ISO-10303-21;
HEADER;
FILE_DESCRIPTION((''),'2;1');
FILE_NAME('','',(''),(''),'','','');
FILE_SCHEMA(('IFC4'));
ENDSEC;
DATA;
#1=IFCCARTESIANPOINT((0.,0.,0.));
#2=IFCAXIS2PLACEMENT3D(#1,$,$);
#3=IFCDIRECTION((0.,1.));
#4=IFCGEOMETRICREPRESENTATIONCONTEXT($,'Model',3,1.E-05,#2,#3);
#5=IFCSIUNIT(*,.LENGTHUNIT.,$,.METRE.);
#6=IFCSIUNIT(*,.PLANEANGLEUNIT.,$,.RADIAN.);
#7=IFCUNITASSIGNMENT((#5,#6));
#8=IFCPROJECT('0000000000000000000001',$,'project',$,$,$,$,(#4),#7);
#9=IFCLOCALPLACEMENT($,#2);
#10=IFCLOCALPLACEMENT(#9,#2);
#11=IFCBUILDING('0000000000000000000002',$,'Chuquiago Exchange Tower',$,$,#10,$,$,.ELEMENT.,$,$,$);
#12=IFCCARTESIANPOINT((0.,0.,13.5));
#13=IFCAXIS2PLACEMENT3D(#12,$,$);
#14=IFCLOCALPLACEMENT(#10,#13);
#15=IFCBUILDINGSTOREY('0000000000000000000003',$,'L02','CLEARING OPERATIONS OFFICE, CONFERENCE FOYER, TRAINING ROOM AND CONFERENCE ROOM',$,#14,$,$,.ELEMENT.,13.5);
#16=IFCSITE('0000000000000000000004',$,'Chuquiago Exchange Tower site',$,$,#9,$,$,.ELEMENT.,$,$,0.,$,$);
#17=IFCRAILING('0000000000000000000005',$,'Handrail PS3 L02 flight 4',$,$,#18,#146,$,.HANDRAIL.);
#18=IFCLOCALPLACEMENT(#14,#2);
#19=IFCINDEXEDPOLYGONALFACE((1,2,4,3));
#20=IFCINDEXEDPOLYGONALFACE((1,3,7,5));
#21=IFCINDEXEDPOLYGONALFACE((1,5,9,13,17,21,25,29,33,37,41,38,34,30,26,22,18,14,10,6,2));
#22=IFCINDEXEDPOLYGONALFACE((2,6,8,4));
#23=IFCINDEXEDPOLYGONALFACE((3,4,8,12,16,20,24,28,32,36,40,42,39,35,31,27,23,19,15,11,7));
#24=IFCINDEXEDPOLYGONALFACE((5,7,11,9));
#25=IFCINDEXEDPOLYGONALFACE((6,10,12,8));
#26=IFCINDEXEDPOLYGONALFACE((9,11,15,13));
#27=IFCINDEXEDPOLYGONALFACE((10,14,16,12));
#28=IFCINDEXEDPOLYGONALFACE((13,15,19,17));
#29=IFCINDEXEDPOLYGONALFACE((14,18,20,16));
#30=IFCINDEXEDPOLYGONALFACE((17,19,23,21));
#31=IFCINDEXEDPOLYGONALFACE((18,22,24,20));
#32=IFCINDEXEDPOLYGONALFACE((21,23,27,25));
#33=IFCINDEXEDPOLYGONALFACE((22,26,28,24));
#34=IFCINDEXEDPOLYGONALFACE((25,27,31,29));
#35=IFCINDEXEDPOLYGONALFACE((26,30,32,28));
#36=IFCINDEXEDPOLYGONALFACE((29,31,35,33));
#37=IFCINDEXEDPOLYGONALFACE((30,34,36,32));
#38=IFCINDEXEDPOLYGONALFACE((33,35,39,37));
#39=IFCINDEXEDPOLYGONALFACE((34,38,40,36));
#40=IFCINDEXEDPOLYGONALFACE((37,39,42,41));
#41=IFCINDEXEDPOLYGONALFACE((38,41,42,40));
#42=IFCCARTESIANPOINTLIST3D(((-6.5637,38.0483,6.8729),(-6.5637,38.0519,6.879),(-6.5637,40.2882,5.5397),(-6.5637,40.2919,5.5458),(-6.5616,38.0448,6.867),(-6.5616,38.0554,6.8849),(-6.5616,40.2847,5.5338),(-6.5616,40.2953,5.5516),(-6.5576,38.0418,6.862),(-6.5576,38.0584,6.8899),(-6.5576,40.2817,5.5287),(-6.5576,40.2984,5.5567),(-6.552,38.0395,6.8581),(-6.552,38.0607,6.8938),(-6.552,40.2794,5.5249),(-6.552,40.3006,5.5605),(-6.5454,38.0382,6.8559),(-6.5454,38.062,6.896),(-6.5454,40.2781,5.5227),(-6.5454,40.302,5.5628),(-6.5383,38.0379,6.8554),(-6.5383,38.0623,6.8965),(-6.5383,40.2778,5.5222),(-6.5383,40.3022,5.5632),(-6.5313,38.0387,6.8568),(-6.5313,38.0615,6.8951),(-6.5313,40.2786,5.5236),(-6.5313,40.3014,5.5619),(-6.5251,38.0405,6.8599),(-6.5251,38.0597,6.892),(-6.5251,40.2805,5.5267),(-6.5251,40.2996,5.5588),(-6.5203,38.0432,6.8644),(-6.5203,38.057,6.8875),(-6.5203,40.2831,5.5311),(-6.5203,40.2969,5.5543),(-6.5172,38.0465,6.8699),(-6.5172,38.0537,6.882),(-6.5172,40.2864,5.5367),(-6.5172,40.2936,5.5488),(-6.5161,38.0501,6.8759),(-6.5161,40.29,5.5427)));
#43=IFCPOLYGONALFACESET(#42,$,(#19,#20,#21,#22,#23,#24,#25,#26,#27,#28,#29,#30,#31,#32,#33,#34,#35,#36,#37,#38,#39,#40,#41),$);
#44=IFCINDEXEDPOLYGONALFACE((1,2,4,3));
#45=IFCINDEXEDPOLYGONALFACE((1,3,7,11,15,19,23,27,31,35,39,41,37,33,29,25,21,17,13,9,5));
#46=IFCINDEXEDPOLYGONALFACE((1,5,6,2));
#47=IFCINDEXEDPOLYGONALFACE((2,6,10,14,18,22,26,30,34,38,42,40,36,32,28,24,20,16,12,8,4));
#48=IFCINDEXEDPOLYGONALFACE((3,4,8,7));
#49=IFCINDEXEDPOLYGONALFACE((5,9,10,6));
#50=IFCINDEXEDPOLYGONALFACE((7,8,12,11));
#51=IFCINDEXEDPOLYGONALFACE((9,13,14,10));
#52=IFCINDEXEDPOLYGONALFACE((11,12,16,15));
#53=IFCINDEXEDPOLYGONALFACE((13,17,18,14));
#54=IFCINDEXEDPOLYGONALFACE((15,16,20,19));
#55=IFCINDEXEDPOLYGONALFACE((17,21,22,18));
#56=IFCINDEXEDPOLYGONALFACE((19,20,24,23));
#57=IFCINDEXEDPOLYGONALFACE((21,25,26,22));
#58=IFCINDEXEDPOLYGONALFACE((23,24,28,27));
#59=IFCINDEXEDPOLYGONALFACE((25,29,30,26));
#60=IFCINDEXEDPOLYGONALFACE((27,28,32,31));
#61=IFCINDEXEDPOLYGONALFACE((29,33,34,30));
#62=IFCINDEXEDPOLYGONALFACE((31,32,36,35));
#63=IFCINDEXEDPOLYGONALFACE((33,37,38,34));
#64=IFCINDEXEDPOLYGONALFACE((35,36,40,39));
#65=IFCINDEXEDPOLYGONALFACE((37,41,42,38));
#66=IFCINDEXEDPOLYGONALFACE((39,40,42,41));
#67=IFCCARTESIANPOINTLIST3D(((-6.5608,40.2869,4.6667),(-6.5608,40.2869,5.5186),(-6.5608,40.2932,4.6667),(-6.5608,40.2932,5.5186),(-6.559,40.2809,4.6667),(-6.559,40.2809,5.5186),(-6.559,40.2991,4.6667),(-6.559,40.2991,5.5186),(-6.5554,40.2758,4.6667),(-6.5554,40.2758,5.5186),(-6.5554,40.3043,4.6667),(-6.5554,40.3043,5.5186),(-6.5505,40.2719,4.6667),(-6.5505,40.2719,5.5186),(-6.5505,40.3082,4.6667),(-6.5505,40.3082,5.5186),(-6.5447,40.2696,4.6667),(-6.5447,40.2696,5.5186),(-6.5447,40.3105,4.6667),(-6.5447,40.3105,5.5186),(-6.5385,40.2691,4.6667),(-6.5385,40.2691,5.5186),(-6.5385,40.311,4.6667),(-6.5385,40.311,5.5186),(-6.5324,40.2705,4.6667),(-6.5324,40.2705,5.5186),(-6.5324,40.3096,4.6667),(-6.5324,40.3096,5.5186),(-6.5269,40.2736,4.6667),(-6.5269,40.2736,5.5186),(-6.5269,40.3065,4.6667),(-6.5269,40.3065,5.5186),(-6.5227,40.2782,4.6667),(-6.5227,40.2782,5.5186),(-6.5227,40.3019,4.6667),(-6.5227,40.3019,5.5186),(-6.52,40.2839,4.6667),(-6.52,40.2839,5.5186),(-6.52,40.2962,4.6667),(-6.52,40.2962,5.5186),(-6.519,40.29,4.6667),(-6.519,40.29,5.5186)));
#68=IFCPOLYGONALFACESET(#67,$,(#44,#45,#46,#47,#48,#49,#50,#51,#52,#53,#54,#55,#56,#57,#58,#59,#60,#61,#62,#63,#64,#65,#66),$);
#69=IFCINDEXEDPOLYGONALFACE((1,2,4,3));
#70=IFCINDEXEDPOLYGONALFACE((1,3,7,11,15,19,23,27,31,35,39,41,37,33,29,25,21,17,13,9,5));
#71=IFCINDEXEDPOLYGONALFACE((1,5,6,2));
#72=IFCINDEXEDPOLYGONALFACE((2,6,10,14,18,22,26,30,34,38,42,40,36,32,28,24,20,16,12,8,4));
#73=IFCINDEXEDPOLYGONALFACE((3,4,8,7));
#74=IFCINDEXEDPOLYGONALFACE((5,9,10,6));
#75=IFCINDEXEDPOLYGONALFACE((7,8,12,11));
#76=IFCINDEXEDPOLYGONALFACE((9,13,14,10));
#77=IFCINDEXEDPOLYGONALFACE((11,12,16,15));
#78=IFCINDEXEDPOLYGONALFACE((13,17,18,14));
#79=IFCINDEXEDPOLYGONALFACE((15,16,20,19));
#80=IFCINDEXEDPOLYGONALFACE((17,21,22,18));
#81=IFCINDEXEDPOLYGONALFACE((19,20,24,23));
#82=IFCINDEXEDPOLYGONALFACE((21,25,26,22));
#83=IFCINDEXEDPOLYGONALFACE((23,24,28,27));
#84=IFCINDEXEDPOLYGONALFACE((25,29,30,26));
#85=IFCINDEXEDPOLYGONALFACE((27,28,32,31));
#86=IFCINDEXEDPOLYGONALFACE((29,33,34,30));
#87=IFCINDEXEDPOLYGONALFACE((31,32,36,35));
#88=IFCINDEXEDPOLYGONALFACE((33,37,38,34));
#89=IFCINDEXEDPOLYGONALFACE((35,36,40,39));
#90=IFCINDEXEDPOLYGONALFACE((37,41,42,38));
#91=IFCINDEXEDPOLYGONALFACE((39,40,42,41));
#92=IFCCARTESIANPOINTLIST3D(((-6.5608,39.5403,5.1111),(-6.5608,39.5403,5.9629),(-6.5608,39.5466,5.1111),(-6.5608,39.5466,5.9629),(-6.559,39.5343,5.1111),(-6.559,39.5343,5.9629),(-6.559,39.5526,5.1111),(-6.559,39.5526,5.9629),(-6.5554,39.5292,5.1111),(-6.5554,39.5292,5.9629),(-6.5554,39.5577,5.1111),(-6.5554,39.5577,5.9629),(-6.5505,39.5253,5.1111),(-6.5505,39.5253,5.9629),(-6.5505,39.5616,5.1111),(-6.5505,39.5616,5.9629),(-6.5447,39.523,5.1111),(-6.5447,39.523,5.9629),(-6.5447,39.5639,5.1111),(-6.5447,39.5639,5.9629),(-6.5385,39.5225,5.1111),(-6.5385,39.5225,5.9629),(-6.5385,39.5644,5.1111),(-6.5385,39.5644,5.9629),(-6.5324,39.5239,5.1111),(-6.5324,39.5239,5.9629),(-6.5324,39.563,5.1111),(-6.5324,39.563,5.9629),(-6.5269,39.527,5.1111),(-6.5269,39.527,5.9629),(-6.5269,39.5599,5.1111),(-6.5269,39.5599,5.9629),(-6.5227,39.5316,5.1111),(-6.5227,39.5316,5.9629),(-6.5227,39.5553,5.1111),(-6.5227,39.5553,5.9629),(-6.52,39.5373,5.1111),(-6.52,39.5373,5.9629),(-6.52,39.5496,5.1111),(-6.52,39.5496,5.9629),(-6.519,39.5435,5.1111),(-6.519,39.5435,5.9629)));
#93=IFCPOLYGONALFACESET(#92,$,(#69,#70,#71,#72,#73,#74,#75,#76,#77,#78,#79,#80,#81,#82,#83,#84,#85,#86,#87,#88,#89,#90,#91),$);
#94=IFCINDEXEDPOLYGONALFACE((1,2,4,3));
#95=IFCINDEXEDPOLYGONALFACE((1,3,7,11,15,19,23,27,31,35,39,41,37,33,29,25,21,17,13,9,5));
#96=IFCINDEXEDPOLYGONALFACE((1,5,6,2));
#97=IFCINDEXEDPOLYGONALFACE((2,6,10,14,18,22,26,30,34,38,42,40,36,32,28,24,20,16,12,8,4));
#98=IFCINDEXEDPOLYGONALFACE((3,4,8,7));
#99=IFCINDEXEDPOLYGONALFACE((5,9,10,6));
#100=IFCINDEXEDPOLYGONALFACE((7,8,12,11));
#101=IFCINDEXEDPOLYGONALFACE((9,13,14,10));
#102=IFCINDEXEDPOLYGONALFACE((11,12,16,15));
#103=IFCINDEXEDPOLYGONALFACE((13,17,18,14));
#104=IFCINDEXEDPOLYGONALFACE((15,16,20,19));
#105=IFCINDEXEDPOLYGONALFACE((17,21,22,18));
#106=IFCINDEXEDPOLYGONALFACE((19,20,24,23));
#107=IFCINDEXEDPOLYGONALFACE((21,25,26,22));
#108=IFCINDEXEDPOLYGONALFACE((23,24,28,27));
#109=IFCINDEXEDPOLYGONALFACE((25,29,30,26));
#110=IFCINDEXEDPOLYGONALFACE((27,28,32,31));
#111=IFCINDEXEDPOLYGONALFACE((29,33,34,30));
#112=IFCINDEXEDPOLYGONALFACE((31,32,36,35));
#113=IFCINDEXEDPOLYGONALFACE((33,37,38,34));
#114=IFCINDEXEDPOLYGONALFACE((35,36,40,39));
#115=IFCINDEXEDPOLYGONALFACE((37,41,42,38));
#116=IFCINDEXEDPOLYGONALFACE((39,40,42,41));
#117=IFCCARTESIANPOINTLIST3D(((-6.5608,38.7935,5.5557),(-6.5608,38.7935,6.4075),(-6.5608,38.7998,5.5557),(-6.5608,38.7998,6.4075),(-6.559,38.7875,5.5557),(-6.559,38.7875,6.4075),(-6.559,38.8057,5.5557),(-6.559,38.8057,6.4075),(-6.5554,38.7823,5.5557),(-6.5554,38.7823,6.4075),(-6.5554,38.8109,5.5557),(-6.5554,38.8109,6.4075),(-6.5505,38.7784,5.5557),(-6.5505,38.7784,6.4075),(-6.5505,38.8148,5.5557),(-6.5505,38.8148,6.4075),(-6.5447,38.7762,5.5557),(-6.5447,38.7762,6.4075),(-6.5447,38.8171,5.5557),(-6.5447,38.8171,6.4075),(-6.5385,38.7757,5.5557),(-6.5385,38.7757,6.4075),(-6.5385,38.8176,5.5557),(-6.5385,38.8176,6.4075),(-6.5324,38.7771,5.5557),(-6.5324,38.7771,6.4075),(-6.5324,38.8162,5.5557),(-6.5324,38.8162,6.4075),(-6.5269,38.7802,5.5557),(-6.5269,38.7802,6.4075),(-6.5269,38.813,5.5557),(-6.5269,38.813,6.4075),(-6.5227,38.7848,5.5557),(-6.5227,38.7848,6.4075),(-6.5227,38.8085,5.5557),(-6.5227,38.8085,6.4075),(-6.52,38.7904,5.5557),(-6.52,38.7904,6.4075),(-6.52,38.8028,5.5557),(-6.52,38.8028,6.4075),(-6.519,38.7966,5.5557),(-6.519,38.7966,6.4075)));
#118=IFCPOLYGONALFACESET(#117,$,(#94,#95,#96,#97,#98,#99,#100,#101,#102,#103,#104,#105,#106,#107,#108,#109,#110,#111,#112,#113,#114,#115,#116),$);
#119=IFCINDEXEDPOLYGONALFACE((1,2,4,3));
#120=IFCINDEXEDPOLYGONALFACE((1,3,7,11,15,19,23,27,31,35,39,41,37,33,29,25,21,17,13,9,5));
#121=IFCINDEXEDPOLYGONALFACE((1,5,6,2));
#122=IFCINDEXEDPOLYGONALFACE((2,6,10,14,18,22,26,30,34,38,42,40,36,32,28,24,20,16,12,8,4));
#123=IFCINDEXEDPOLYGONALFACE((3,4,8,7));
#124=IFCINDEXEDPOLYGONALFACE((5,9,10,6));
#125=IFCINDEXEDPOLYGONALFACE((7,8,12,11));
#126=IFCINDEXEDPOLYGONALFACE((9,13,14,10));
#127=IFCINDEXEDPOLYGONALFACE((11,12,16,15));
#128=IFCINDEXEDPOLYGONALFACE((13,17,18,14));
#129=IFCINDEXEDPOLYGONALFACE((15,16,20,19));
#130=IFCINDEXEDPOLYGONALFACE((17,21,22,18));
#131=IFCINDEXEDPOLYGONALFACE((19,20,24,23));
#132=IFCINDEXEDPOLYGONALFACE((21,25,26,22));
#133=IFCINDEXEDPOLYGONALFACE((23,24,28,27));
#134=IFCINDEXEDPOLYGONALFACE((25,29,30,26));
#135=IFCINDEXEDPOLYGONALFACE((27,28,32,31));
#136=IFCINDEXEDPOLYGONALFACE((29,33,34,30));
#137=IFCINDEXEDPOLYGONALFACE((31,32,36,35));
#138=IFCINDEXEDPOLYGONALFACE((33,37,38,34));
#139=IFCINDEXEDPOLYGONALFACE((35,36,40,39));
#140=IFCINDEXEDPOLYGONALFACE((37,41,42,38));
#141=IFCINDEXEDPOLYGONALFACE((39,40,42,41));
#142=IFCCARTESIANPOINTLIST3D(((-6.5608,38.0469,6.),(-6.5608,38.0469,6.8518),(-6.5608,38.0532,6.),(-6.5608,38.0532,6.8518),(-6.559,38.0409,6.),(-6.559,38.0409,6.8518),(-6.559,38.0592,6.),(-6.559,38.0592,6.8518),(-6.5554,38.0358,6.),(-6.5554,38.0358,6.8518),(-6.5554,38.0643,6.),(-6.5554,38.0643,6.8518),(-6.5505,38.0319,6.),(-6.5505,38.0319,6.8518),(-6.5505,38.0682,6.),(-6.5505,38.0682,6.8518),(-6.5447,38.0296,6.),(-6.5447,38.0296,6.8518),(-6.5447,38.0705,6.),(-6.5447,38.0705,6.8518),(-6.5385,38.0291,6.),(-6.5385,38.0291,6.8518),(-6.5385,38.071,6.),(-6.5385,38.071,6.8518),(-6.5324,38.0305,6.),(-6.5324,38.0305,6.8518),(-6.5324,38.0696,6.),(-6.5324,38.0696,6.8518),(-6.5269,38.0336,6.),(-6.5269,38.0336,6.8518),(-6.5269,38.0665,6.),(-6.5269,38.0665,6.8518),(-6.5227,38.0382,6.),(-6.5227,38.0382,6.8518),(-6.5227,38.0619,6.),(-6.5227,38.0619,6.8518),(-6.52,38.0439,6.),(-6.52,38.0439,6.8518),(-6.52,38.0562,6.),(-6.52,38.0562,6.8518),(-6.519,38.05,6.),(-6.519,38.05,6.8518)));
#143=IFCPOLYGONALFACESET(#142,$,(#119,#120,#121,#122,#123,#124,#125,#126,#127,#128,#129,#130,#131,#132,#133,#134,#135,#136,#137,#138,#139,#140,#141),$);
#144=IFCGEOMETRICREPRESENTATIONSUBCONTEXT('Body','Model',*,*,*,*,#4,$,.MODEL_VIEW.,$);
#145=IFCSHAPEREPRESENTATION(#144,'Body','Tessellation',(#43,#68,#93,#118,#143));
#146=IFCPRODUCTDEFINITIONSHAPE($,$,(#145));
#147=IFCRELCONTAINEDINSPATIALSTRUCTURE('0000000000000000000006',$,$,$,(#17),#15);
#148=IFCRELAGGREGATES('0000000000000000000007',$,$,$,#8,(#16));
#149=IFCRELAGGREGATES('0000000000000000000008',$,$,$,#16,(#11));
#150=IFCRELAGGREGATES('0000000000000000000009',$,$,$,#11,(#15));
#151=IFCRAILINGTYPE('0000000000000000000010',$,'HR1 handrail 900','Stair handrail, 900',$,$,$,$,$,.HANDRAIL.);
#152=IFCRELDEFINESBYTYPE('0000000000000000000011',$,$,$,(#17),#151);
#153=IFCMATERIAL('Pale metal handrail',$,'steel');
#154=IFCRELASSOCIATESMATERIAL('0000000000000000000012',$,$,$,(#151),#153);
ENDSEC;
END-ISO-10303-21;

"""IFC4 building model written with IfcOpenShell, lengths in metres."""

from ifc_helpers import new_model, si_unit, direction, frame, origin, origin_2d, place, context, subcontext, project, spatial, circle, extrude, material, type_object, element, save


model = new_model("IFC4")

# Units and contexts
model_context = context("Model", 3, precision=1e-05, world=origin(), true_north=direction((0.0, 1.0)))
body_context = subcontext(model_context, "Body", "Model", "MODEL_VIEW")
ifc_project = project(units=[si_unit("LENGTHUNIT", "METRE"), si_unit("PLANEANGLEUNIT", "RADIAN")], contexts=[model_context])

# Site, building, storey
site_placement = place(None, origin())
site = spatial("IfcSite", under=ifc_project, at=site_placement, Name="Chuquiago Exchange Tower site", CompositionType="ELEMENT", RefElevation=0.0)
building_placement = place(site_placement, origin())
building = spatial("IfcBuilding", under=site, at=building_placement, Name="Chuquiago Exchange Tower", CompositionType="ELEMENT")
storey_placement = place(building_placement, frame((0.0, 0.0, 13.5)))
storey = spatial("IfcBuildingStorey", under=building, at=storey_placement, Name="L02", Description="CLEARING OPERATIONS OFFICE, CONFERENCE FOYER, TRAINING ROOM AND CONFERENCE ROOM", CompositionType="ELEMENT", Elevation=13.5)

# Railing
ifc_material_1 = material(Name="Pale metal handrail", Category="steel")
railing_type = type_object("IfcRailingType", Name="HR1 handrail 900", Description="Stair handrail, 900", PredefinedType="HANDRAIL", material=ifc_material_1)
for number, where, name in (
    (1, (-6.54, 40.29, 4.6667), "Handrail PS3 L02 flight 4"),
):
    element("IfcRailing", number, at=place(storey_placement, frame(where)), inside=storey, type_object=railing_type, Name=name, PredefinedType="HANDRAIL", context=body_context, shape_type="SweptSolid", body=[
        extrude(circle(Radius=0.0239, at=origin_2d()), frame((0.0, 0.0, 0.876), z_axis=(0.0, -0.859306, 0.511462), x_axis=(1.0, 0.0, 0.0)), (0.0, 0.0, 1.0), 2.6067),
        extrude(circle(Radius=0.021, at=origin_2d()), origin(), (0.0, 0.0, 1.0), 0.8518),
        extrude(circle(Radius=0.021, at=origin_2d()), frame((0.0, -0.7466, 0.4443)), (0.0, 0.0, 1.0), 0.8518),
        extrude(circle(Radius=0.021, at=origin_2d()), frame((0.0, -1.4934, 0.8889)), (0.0, 0.0, 1.0), 0.8518),
        extrude(circle(Radius=0.021, at=origin_2d()), frame((0.0, -2.24, 1.3333)), (0.0, 0.0, 1.0), 0.8518),
    ])

save(model, "model.ifc")
